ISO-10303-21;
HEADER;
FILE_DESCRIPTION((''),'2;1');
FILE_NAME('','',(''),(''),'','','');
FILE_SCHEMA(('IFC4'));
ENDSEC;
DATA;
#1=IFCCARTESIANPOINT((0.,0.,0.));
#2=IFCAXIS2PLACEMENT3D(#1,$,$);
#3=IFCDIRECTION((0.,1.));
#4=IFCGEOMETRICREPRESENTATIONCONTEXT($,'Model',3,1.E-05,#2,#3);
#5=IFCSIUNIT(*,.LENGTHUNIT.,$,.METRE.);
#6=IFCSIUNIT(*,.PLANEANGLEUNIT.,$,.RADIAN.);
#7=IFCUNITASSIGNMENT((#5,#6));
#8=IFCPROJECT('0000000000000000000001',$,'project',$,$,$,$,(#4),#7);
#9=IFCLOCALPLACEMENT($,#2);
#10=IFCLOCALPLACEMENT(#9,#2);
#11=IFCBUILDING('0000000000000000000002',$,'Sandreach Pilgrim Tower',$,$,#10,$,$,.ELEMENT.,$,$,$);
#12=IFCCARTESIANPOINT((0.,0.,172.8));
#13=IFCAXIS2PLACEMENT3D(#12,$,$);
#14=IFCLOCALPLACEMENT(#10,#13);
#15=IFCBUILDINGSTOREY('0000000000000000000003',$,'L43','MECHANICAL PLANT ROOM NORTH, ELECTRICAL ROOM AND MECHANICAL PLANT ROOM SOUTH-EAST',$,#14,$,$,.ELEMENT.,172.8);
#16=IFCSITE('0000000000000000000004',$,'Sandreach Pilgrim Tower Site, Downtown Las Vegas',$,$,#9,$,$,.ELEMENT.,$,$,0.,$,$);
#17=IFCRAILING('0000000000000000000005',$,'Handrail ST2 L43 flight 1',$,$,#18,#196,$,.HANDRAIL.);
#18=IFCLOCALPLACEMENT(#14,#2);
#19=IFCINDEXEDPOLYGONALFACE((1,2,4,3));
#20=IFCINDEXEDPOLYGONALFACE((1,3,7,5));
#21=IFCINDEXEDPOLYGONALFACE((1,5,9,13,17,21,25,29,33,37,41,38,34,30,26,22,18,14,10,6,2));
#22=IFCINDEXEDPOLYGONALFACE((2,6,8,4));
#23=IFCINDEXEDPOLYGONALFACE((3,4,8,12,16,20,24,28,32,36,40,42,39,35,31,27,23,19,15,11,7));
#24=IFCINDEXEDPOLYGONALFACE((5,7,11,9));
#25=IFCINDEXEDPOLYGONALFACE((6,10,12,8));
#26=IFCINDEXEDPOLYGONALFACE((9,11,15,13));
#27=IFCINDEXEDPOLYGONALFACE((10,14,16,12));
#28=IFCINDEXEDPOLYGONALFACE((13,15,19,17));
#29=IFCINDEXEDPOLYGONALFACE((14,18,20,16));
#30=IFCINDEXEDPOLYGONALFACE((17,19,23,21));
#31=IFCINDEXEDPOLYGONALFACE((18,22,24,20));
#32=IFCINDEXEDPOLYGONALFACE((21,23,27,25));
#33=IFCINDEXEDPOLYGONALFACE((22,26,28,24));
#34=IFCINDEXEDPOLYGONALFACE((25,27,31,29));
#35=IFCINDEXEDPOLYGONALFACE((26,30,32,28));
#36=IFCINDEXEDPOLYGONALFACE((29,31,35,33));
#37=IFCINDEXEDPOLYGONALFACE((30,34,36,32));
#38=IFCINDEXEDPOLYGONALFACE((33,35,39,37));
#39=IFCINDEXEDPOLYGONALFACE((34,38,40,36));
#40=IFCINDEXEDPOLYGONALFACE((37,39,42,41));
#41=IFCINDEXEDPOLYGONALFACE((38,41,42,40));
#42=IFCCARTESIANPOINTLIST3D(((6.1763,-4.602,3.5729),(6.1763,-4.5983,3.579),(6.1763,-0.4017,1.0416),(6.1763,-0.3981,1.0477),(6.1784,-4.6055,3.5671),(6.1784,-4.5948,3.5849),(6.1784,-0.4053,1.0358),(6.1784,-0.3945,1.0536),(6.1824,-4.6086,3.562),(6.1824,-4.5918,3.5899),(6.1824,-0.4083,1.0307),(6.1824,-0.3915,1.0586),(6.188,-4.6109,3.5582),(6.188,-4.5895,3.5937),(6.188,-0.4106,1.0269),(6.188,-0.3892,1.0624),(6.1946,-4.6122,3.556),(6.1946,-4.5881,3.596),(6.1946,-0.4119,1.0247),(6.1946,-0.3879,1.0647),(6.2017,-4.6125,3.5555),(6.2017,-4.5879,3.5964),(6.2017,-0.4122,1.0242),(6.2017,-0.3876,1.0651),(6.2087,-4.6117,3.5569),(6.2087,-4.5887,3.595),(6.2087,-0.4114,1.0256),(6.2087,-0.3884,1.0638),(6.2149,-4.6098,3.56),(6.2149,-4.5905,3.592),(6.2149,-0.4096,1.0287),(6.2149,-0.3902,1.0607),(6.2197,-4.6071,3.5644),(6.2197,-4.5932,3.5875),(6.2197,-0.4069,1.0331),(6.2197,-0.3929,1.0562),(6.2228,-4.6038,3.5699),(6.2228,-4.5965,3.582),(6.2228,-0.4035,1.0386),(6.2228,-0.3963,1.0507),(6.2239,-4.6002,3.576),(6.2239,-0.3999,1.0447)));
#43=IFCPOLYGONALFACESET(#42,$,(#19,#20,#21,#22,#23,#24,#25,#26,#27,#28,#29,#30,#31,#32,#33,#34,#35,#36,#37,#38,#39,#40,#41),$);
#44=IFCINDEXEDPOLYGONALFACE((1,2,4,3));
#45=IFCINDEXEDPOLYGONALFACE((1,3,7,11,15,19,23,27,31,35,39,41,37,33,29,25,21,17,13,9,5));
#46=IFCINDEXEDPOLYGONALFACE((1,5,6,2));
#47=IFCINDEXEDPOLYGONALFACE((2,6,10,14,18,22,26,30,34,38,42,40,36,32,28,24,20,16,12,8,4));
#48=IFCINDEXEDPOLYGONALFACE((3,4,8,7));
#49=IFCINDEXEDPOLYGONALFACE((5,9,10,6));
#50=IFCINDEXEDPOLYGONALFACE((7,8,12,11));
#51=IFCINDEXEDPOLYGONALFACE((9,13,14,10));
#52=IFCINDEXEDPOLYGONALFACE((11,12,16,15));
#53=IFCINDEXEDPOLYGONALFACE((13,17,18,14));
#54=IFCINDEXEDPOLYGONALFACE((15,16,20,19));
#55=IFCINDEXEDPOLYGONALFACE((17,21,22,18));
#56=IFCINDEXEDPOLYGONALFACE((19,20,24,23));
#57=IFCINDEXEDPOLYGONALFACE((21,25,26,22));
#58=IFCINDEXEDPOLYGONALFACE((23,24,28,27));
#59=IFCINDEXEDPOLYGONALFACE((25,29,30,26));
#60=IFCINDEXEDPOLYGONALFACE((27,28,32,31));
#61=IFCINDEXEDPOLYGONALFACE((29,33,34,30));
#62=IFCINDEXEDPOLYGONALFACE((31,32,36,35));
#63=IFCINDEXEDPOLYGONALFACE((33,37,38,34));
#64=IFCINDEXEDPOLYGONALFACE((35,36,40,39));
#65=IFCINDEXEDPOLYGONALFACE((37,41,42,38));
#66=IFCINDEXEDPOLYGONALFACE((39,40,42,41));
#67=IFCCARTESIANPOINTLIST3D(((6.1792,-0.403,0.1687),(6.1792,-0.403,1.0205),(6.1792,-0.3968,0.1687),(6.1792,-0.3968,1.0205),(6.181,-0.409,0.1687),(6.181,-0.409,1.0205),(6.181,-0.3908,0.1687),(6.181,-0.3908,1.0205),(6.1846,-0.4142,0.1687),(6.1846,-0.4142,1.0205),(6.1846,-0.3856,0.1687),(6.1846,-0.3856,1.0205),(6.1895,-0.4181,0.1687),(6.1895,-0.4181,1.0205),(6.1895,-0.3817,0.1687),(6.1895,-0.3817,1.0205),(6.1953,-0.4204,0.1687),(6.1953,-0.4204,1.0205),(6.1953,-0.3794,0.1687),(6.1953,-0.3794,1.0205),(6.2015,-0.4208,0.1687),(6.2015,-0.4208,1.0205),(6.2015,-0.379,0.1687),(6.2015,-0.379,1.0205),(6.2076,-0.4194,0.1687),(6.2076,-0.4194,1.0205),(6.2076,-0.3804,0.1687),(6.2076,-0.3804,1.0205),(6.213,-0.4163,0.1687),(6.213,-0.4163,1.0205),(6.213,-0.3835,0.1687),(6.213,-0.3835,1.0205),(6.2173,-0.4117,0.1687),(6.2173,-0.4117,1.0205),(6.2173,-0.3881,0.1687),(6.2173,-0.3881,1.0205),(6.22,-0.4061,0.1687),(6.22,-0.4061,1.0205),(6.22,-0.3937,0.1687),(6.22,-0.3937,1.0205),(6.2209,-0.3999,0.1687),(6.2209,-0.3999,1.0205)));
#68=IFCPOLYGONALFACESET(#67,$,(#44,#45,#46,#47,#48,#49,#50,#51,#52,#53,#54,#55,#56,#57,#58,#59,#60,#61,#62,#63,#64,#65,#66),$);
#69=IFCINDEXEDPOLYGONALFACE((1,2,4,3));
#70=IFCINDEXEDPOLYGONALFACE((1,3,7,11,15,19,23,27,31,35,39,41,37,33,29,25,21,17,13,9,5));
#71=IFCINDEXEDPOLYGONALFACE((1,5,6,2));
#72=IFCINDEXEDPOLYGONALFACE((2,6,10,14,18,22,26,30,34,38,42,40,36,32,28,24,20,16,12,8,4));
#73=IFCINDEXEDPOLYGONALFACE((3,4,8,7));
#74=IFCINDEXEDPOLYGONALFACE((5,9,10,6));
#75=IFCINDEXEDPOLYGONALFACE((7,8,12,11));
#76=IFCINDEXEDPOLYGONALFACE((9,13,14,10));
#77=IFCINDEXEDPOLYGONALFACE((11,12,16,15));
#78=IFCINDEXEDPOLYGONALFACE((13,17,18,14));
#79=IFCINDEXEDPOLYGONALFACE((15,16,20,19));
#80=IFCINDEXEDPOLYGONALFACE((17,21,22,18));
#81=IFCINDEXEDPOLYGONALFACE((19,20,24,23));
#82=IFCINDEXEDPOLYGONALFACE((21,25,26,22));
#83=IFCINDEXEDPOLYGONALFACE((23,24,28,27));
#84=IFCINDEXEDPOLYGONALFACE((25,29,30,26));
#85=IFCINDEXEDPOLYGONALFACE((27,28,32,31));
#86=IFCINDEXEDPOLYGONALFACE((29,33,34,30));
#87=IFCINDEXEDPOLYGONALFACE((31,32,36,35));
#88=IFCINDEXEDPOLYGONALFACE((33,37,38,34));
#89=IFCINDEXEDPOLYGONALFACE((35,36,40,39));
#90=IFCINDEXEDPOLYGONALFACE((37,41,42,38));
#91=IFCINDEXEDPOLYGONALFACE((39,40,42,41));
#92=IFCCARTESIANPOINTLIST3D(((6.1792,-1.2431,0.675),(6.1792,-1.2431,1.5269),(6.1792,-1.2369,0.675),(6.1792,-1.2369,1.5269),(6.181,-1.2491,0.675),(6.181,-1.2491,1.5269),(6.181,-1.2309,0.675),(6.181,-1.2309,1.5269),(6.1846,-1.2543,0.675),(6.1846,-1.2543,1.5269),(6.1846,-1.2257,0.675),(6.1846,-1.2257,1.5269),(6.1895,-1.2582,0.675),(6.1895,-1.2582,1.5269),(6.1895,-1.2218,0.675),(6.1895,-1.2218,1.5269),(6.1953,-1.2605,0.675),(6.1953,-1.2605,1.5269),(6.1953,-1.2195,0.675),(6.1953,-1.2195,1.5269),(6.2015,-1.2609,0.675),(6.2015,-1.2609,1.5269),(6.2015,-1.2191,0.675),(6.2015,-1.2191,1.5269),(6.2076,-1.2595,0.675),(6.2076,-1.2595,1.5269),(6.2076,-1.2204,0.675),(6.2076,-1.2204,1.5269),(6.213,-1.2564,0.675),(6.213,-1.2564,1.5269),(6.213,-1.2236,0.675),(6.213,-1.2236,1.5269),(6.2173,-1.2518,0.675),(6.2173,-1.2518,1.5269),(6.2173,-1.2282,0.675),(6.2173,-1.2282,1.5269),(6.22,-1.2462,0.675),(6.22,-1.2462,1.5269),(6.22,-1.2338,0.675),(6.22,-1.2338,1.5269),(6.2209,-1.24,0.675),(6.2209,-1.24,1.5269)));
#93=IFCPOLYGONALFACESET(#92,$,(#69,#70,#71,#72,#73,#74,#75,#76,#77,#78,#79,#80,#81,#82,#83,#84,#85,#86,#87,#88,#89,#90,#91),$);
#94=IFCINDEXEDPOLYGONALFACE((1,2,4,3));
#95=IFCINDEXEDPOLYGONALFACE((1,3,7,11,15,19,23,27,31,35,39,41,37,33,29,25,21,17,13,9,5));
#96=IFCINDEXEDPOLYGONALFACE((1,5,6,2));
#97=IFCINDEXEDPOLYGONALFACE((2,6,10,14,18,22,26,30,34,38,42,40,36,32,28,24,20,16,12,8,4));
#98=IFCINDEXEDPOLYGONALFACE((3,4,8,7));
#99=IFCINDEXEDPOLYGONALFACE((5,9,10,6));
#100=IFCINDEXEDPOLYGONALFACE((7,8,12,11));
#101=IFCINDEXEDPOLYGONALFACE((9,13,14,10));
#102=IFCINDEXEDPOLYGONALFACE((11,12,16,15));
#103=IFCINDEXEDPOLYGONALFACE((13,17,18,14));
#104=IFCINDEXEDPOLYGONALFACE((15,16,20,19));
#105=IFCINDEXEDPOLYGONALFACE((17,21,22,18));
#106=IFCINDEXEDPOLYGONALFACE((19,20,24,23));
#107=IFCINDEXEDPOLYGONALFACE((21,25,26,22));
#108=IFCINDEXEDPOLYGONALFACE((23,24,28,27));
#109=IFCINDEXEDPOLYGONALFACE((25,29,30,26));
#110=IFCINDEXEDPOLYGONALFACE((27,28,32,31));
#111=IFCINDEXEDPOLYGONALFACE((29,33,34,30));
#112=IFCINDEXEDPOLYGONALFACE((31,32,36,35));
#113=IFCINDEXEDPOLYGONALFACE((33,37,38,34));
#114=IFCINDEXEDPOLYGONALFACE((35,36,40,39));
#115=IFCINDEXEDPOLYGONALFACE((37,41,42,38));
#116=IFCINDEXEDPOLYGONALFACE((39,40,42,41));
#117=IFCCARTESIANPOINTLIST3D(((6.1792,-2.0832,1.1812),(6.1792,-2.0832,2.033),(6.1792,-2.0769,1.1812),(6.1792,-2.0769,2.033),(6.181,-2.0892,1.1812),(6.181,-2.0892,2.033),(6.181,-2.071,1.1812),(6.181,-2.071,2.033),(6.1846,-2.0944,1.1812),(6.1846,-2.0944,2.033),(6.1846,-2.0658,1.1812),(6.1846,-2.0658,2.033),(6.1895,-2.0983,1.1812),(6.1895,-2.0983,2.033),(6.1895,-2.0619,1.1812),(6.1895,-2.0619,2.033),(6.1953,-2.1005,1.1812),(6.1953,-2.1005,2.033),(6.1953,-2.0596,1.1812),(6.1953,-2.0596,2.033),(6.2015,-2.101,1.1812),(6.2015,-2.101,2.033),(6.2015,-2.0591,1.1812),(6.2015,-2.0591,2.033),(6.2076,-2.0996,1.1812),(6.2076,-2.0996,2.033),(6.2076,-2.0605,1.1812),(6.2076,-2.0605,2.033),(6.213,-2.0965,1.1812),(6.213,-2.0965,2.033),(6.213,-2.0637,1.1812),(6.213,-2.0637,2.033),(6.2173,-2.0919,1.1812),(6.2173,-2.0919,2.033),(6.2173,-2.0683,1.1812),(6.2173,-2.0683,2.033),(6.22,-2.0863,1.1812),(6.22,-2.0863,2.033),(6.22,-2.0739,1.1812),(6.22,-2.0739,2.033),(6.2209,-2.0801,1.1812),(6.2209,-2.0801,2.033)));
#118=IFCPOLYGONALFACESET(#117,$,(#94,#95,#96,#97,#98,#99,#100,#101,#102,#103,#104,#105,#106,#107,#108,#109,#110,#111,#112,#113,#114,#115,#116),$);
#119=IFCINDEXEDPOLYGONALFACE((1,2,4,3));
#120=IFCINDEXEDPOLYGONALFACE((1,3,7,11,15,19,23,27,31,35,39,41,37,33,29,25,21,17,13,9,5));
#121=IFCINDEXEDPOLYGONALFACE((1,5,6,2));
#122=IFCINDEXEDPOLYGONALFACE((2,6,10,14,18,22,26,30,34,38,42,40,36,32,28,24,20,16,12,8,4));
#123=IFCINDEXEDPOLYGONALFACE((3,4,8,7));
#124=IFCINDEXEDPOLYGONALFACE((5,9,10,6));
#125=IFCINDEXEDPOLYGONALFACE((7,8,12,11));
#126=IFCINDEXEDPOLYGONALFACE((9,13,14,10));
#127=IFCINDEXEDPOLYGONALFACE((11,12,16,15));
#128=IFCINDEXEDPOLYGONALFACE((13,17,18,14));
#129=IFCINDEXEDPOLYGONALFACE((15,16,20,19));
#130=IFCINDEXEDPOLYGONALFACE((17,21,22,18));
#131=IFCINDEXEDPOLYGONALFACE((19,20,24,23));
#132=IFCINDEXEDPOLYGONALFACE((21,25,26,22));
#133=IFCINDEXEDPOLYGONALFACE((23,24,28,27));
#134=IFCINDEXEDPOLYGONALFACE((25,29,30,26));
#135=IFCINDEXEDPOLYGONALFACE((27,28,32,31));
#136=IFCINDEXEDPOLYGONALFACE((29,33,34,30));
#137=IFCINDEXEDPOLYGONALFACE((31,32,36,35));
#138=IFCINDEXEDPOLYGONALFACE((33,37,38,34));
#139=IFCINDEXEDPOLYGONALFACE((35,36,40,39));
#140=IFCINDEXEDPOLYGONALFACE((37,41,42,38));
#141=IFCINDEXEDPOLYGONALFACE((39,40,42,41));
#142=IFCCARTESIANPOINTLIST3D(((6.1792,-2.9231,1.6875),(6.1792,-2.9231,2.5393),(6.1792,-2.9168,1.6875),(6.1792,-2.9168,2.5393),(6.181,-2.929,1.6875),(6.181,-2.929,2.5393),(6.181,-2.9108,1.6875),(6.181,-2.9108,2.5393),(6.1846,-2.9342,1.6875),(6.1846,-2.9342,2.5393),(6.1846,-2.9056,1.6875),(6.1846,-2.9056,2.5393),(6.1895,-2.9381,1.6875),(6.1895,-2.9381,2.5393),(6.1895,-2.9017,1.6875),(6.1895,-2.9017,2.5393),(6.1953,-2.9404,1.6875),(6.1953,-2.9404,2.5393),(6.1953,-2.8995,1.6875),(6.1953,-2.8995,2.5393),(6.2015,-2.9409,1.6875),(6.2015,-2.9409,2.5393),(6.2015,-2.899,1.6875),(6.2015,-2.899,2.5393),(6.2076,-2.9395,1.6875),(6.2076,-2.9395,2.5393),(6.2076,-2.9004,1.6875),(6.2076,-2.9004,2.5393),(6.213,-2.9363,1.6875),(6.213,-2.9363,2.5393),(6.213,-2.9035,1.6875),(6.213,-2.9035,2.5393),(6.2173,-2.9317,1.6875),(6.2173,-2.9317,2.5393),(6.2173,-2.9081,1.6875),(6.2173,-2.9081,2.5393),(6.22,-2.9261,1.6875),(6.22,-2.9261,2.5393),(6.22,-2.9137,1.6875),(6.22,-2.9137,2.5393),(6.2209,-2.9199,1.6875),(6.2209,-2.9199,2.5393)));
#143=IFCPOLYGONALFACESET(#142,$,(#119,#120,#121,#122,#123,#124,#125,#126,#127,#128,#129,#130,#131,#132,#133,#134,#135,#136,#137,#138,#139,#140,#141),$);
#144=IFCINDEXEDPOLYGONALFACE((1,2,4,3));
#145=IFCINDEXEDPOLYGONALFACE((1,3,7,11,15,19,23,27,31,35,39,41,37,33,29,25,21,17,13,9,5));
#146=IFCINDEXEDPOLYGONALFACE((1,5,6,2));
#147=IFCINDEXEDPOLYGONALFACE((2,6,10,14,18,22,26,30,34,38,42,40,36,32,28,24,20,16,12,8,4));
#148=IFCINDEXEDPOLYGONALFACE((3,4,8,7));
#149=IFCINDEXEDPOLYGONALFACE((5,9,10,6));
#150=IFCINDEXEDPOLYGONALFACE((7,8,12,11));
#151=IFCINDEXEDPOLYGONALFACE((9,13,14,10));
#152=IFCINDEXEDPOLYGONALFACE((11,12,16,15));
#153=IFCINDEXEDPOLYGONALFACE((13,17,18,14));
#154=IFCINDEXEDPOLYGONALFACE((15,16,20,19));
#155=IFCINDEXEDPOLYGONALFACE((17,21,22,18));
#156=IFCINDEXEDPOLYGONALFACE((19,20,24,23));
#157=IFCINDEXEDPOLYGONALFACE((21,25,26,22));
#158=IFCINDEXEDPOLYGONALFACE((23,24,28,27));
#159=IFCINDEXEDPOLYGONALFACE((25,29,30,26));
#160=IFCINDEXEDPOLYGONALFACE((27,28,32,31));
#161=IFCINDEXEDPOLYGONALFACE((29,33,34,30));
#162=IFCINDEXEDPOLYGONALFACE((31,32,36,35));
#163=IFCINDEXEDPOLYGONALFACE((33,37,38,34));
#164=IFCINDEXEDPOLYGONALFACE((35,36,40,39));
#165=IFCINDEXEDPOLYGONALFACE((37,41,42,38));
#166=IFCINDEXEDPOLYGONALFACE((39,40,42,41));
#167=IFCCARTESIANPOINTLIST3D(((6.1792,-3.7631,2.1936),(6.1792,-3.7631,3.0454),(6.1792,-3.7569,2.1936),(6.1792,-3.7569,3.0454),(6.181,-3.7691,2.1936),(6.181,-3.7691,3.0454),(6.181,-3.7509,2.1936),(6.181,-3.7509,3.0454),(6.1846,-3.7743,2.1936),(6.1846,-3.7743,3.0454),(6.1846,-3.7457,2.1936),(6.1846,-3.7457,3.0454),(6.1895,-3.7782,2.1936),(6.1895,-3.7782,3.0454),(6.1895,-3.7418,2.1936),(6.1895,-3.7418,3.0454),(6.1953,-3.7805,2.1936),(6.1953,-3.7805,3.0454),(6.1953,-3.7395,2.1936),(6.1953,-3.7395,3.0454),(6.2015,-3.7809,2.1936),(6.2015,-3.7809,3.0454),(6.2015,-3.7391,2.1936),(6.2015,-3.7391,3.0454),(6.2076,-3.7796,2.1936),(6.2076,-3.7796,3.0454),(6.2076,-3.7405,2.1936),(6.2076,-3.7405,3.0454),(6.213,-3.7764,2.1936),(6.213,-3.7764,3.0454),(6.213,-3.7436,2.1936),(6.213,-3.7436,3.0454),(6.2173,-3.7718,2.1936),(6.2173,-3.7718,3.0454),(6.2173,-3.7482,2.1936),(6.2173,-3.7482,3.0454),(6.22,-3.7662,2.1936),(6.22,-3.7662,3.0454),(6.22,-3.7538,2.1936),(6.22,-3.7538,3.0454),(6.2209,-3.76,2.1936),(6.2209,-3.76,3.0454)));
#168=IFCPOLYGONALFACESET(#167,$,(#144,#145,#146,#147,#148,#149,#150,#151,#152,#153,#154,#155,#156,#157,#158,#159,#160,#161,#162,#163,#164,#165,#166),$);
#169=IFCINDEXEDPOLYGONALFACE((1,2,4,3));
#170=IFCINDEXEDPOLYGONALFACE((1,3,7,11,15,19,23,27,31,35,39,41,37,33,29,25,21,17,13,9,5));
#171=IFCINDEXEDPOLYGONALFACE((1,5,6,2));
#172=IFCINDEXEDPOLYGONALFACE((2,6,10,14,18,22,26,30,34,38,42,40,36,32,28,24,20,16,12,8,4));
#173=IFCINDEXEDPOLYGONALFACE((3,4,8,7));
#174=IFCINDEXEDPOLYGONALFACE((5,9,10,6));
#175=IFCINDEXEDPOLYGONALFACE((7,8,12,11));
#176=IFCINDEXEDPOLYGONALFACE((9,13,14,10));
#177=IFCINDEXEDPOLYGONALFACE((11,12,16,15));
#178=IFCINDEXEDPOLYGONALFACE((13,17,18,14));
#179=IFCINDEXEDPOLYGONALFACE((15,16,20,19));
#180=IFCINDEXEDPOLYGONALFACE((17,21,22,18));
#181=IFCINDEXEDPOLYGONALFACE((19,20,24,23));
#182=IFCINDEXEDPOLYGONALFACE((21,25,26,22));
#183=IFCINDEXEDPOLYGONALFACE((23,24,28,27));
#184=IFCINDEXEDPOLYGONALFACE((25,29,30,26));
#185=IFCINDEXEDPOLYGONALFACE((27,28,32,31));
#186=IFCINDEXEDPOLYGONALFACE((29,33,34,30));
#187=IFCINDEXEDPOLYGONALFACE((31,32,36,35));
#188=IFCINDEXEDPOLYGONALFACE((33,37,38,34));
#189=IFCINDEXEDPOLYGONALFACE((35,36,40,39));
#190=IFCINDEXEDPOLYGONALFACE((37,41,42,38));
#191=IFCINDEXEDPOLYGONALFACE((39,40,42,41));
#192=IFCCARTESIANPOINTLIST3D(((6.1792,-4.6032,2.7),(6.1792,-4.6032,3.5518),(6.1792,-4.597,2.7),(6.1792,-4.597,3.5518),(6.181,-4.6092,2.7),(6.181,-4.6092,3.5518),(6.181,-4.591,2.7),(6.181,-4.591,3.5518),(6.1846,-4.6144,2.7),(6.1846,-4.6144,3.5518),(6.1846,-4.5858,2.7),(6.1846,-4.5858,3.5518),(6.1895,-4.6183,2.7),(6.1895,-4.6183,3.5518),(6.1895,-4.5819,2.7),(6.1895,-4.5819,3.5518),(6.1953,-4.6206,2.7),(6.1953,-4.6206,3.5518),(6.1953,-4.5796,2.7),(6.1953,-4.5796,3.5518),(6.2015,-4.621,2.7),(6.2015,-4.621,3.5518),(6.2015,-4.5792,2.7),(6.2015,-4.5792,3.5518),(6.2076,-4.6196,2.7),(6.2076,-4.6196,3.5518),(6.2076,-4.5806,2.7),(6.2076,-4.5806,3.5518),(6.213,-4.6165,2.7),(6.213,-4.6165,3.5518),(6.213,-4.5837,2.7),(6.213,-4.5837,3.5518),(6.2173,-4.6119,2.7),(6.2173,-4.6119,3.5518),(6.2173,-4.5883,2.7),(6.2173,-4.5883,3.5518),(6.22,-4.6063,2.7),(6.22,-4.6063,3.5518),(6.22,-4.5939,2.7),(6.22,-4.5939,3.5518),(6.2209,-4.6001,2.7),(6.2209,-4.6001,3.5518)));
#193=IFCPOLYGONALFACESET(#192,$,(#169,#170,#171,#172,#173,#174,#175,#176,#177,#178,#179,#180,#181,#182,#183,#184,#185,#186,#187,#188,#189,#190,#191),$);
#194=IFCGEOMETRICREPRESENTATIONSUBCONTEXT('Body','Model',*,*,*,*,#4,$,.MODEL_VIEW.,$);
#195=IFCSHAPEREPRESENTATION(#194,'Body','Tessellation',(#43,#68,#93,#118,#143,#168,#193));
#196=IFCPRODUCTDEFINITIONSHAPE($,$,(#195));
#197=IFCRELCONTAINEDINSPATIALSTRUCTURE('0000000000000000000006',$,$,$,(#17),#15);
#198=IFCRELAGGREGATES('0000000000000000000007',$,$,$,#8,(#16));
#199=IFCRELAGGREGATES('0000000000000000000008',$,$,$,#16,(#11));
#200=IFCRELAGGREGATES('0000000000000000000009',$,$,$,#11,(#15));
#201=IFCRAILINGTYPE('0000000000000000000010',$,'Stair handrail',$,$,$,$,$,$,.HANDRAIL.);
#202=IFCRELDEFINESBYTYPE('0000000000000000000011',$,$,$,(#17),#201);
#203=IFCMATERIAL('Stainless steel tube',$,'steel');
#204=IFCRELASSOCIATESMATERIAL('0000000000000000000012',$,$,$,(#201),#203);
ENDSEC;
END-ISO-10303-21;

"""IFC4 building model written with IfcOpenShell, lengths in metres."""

from ifc_helpers import new_model, si_unit, direction, frame, origin, origin_2d, place, context, subcontext, project, spatial, circle, extrude, material, type_object, element, save


model = new_model("IFC4")

# Units and contexts
model_context = context("Model", 3, precision=1e-05, world=origin(), true_north=direction((0.0, 1.0)))
body_context = subcontext(model_context, "Body", "Model", "MODEL_VIEW")
ifc_project = project(units=[si_unit("LENGTHUNIT", "METRE"), si_unit("PLANEANGLEUNIT", "RADIAN")], contexts=[model_context])

# Site, building, storey
site_placement = place(None, origin())
site = spatial("IfcSite", under=ifc_project, at=site_placement, Name="Sandreach Pilgrim Tower Site, Downtown Las Vegas", CompositionType="ELEMENT", RefElevation=0.0)
building_placement = place(site_placement, origin())
building = spatial("IfcBuilding", under=site, at=building_placement, Name="Sandreach Pilgrim Tower", CompositionType="ELEMENT")
storey_placement = place(building_placement, frame((0.0, 0.0, 172.8)))
storey = spatial("IfcBuildingStorey", under=building, at=storey_placement, Name="L43", Description="MECHANICAL PLANT ROOM NORTH, ELECTRICAL ROOM AND MECHANICAL PLANT ROOM SOUTH-EAST", CompositionType="ELEMENT", Elevation=172.8)

# Railing
ifc_material_1 = material(Name="Stainless steel tube", Category="steel")
railing_type = type_object("IfcRailingType", Name="Stair handrail", PredefinedType="HANDRAIL", material=ifc_material_1)
for number, where, name in (
    (1, (6.2, -0.3999, 0.1687), "Handrail ST2 L43 flight 1"),
):
    element("IfcRailing", number, at=place(storey_placement, frame(where)), inside=storey, type_object=railing_type, Name=name, PredefinedType="HANDRAIL", context=body_context, shape_type="SweptSolid", body=[
        extrude(circle(Radius=0.0239, at=origin_2d()), frame((0.0, 0.0, 0.876), z_axis=(0.0, -0.85649, 0.516164), x_axis=(1.0, 0.0, 0.0)), (0.0, 0.0, 1.0), 4.9041),
        extrude(circle(Radius=0.021, at=origin_2d()), origin(), (0.0, 0.0, 1.0), 0.8518),
        extrude(circle(Radius=0.021, at=origin_2d()), frame((0.0, -0.8401, 0.5063)), (0.0, 0.0, 1.0), 0.8518),
        extrude(circle(Radius=0.021, at=origin_2d()), frame((0.0, -1.6802, 1.0125)), (0.0, 0.0, 1.0), 0.8518),
        extrude(circle(Radius=0.021, at=origin_2d()), frame((0.0, -2.52, 1.5188)), (0.0, 0.0, 1.0), 0.8518),
        extrude(circle(Radius=0.021, at=origin_2d()), frame((0.0, -3.3601, 2.0249)), (0.0, 0.0, 1.0), 0.8518),
        extrude(circle(Radius=0.021, at=origin_2d()), frame((0.0, -4.2002, 2.5312)), (0.0, 0.0, 1.0), 0.8518),
    ])

save(model, "model.ifc")
